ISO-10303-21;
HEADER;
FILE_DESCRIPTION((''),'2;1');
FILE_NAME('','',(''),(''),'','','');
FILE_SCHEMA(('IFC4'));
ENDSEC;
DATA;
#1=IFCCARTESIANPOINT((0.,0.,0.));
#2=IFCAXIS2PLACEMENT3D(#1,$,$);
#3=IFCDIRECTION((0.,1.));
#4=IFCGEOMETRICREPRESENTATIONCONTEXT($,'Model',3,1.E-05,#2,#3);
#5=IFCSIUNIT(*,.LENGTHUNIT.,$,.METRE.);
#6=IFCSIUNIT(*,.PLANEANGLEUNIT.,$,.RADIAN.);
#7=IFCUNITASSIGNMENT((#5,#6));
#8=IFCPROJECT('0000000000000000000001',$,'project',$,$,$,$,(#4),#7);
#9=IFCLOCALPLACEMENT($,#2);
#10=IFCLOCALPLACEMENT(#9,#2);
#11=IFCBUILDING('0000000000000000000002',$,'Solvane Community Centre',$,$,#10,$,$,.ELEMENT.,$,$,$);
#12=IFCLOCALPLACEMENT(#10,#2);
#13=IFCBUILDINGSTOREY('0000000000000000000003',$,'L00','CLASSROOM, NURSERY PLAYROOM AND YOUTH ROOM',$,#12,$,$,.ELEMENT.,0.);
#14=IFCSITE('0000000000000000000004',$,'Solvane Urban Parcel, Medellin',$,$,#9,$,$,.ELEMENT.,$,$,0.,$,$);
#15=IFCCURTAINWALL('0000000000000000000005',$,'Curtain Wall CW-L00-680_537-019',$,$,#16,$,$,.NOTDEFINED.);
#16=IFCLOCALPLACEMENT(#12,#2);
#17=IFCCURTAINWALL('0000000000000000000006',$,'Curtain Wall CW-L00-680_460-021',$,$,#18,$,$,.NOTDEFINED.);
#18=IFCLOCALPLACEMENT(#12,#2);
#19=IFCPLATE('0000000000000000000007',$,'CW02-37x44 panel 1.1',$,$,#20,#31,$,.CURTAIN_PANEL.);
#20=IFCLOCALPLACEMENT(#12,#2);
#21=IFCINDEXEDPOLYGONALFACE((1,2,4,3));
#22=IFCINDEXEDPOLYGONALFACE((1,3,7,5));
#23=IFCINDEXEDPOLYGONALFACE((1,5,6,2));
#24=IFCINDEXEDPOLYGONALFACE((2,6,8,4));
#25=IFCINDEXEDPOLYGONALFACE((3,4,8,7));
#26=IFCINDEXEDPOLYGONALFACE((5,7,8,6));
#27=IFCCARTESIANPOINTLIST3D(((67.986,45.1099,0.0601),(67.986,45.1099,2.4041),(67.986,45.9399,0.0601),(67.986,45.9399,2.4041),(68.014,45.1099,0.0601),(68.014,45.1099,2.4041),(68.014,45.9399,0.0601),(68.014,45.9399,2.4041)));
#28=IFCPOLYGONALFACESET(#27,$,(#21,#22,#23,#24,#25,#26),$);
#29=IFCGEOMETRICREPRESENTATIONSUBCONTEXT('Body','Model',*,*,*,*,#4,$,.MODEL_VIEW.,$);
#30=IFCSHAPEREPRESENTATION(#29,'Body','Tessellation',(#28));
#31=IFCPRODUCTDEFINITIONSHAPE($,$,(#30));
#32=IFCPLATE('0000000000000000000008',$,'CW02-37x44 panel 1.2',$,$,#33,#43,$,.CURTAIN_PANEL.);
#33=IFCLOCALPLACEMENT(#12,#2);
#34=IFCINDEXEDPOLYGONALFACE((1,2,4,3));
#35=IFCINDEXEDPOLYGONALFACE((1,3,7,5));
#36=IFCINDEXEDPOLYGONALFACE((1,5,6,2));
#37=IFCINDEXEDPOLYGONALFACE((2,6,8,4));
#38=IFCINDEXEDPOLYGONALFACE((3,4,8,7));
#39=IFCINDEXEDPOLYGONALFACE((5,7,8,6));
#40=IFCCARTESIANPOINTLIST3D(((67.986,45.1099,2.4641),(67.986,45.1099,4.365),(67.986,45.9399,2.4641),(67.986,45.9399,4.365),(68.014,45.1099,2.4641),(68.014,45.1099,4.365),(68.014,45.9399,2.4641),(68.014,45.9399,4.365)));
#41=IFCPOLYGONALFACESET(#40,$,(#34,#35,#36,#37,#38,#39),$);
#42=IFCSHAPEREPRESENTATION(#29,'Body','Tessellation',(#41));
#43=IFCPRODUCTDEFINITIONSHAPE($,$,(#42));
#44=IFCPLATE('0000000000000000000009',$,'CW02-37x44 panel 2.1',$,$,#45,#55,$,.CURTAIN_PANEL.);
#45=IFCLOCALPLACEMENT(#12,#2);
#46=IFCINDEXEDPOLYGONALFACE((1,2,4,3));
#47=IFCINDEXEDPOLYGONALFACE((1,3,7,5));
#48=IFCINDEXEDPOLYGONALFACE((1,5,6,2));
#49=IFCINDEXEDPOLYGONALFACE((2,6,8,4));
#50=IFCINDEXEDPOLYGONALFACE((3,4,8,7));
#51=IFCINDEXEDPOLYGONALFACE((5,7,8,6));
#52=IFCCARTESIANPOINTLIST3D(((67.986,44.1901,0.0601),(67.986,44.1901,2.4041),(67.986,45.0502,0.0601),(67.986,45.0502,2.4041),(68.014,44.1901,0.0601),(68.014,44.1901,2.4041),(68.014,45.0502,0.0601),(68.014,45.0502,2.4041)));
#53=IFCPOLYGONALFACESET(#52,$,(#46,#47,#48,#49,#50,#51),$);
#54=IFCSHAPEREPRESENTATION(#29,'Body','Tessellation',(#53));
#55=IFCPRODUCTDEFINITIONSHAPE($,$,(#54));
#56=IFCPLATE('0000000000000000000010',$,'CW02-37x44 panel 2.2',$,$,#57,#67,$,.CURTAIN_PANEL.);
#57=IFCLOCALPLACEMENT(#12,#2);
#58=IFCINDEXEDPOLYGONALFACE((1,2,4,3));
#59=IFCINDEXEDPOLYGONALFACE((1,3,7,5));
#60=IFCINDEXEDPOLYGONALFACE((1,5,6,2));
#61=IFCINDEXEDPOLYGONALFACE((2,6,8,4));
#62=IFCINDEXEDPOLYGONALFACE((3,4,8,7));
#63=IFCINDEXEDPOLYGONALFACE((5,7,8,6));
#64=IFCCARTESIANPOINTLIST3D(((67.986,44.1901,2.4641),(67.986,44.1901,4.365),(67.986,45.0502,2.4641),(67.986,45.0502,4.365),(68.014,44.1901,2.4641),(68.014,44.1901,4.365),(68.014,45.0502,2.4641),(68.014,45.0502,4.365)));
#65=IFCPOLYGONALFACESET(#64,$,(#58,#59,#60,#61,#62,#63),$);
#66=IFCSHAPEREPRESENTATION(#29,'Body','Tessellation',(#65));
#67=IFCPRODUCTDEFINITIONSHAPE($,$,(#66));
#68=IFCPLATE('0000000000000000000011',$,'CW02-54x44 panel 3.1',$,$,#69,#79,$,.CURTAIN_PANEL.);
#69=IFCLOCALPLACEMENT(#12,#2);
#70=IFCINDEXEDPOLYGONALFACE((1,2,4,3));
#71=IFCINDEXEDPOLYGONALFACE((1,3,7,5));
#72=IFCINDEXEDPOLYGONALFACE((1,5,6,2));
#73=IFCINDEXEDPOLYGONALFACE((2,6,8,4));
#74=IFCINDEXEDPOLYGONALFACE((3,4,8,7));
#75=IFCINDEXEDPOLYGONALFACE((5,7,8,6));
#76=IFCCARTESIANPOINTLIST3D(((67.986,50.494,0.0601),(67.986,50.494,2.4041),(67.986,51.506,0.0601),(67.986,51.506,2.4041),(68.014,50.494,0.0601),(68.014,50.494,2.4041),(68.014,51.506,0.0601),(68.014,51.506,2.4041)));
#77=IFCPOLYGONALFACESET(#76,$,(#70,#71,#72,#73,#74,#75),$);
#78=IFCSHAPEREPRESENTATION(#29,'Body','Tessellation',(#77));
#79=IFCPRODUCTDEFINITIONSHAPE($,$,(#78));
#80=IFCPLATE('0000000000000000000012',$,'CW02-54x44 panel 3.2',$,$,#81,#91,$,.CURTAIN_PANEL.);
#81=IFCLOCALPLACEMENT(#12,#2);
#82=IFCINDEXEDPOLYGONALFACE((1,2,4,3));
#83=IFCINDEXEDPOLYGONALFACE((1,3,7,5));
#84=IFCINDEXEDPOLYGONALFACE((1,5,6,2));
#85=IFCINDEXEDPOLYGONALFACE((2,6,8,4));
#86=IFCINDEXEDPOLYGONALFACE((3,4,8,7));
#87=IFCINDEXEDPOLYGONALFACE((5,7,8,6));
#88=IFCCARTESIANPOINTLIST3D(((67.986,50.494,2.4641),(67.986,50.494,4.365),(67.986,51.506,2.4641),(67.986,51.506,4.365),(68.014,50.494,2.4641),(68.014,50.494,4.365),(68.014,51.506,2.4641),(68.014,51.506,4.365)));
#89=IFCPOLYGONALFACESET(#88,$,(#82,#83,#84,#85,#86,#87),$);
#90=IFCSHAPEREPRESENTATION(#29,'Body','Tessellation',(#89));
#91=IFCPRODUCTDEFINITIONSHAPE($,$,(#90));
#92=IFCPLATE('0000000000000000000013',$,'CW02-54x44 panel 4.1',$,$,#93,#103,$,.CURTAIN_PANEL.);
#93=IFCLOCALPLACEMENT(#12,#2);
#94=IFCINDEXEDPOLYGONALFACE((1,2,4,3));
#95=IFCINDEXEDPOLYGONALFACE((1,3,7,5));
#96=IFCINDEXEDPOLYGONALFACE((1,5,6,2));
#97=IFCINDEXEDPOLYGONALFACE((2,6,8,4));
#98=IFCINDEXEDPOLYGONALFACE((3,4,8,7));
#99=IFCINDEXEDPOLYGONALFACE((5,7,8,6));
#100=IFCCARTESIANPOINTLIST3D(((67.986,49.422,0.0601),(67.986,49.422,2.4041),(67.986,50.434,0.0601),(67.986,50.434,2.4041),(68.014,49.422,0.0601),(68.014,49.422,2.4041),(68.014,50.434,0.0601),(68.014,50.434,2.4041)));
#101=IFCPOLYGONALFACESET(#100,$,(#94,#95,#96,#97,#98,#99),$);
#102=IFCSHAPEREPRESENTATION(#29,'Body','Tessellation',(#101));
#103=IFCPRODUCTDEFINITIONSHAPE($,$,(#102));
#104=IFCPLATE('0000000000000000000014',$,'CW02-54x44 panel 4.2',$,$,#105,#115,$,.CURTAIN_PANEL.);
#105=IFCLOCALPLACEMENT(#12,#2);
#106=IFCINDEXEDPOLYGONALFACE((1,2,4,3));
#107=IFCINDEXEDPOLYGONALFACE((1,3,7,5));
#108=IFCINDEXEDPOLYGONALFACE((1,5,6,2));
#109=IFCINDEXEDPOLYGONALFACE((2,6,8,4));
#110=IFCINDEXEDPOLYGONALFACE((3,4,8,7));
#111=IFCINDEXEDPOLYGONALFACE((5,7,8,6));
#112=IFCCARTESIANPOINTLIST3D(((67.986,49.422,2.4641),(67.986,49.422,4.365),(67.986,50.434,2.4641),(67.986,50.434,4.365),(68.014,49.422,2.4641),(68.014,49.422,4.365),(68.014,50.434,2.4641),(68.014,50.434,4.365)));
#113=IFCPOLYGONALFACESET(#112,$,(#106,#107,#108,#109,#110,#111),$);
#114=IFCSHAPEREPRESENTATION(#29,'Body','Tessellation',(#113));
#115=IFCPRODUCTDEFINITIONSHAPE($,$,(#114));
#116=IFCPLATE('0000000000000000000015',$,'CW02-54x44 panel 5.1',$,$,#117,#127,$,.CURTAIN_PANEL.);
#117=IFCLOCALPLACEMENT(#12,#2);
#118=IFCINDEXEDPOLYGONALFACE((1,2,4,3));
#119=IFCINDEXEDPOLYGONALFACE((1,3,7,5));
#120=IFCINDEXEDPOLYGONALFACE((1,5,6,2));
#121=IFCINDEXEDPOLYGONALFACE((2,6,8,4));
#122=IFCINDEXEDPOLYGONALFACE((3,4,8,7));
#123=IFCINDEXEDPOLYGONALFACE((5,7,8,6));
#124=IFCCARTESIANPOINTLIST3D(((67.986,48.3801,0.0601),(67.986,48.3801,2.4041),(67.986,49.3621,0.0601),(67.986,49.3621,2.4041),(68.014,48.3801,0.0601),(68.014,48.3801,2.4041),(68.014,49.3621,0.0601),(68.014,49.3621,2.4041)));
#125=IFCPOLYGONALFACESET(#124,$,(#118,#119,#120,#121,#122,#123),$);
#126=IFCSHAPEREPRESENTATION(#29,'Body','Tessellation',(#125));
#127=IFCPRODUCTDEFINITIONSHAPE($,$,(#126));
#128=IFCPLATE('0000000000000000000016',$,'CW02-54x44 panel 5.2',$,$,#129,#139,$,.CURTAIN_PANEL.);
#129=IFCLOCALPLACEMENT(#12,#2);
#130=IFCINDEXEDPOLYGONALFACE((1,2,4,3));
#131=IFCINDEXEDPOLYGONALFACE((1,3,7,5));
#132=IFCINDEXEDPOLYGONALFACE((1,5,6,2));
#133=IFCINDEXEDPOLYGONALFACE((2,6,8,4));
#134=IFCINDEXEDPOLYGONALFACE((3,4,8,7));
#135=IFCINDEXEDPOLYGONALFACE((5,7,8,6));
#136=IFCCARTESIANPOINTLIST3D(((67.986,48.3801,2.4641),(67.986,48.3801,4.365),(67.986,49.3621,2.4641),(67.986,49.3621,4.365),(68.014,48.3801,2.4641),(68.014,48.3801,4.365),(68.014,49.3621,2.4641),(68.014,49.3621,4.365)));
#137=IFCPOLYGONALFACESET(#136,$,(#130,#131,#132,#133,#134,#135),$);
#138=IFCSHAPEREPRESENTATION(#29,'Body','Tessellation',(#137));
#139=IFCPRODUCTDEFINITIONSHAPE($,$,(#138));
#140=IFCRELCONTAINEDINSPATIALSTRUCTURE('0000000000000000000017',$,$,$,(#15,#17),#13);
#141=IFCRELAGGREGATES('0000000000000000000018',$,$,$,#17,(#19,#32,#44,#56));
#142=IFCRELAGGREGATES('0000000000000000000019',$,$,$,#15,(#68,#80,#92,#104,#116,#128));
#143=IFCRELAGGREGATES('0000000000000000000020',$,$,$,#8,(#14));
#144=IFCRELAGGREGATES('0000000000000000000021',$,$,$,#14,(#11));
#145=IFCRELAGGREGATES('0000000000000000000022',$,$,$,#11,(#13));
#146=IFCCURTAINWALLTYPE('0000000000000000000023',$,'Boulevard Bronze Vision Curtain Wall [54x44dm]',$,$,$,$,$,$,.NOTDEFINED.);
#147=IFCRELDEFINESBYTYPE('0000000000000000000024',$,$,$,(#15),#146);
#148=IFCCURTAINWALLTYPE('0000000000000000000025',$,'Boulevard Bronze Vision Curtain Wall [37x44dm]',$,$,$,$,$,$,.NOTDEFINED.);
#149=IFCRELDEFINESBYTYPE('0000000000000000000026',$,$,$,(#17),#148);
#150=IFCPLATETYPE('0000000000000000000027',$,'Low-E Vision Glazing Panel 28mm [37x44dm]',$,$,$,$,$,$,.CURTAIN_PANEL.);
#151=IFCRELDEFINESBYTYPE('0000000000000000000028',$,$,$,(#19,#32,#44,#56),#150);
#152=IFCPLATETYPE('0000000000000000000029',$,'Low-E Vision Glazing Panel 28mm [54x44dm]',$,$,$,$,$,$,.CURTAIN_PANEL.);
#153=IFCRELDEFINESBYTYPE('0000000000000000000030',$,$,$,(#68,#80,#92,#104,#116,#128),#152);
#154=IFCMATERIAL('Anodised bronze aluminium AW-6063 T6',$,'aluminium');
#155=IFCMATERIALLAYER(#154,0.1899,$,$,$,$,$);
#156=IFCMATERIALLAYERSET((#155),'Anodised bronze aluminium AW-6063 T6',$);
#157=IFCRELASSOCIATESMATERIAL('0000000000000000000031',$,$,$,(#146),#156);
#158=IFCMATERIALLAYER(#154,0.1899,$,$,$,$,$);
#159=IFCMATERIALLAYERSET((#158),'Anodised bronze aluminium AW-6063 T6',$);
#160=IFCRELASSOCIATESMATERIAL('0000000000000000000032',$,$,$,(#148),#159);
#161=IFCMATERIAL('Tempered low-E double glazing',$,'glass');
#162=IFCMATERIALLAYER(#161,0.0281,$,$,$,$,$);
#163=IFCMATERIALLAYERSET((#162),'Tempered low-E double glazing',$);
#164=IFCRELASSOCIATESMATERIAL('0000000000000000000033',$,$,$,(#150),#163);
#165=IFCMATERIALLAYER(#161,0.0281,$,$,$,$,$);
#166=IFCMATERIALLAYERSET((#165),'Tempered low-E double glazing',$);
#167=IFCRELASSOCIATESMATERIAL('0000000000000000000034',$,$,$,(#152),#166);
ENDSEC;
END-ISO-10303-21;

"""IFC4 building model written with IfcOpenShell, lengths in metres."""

from ifc_helpers import new_model, si_unit, direction, frame, origin, origin_2d, place, context, subcontext, project, spatial, rectangle, extrude, material, layer, layer_set, type_object, element, aggregate, save


model = new_model("IFC4")

# Units and contexts
model_context = context("Model", 3, precision=1e-05, world=origin(), true_north=direction((0.0, 1.0)))
body_context = subcontext(model_context, "Body", "Model", "MODEL_VIEW")
ifc_project = project(units=[si_unit("LENGTHUNIT", "METRE"), si_unit("PLANEANGLEUNIT", "RADIAN")], contexts=[model_context])

# Site, building, storey
site_placement = place(None, origin())
site = spatial("IfcSite", under=ifc_project, at=site_placement, Name="Solvane Urban Parcel, Medellin", CompositionType="ELEMENT", RefElevation=0.0)
building_placement = place(site_placement, origin())
building = spatial("IfcBuilding", under=site, at=building_placement, Name="Solvane Community Centre", CompositionType="ELEMENT")
storey_placement = place(building_placement, origin())
storey = spatial("IfcBuildingStorey", under=building, at=storey_placement, Name="L00", Description="CLASSROOM, NURSERY PLAYROOM AND YOUTH ROOM", CompositionType="ELEMENT", Elevation=0.0)

# Curtain walls
ifc_material_1 = material(Name="Anodised bronze aluminium AW-6063 T6", Category="aluminium")
ifc_layer_1 = layer(ifc_material_1, 0.1899)
ifc_layer_set_1 = layer_set([ifc_layer_1], Name="Anodised bronze aluminium AW-6063 T6")
curtain_wall_type_1 = type_object("IfcCurtainWallType", Name="Boulevard Bronze Vision Curtain Wall [54x44dm]", PredefinedType="NOTDEFINED", material=ifc_layer_set_1)
curtain_wall_1_placement = place(storey_placement, origin())
curtain_wall_1 = element("IfcCurtainWall", 1, at=curtain_wall_1_placement, inside=storey, type_object=curtain_wall_type_1, Name="Curtain Wall CW-L00-680_537-019", PredefinedType="NOTDEFINED")
ifc_layer_2 = layer(ifc_material_1, 0.1899)
ifc_layer_set_2 = layer_set([ifc_layer_2], Name="Anodised bronze aluminium AW-6063 T6")
curtain_wall_type_2 = type_object("IfcCurtainWallType", Name="Boulevard Bronze Vision Curtain Wall [37x44dm]", PredefinedType="NOTDEFINED", material=ifc_layer_set_2)
curtain_wall_2_placement = place(storey_placement, origin())
curtain_wall_2 = element("IfcCurtainWall", 2, at=curtain_wall_2_placement, inside=storey, type_object=curtain_wall_type_2, Name="Curtain Wall CW-L00-680_460-021", PredefinedType="NOTDEFINED")

# Plates
ifc_material_2 = material(Name="Tempered low-E double glazing", Category="glass")
ifc_layer_3 = layer(ifc_material_2, 0.0281)
ifc_layer_set_3 = layer_set([ifc_layer_3], Name="Tempered low-E double glazing")
plate_type_1 = type_object("IfcPlateType", Name="Low-E Vision Glazing Panel 28mm [37x44dm]", PredefinedType="CURTAIN_PANEL", material=ifc_layer_set_3)
plate_1_placement = place(storey_placement, frame((68.0, 45.5249, 0.0601), z_axis=(0.0, 0.0, 1.0), x_axis=(0.0, -1.0, 0.0)))
plate_1 = element("IfcPlate", 3, at=plate_1_placement, type_object=plate_type_1, Name="CW02-37x44 panel 1.1", PredefinedType="CURTAIN_PANEL", context=body_context, shape_type="SweptSolid", body=[
    extrude(rectangle(XDim=0.8301, YDim=0.0281, at=origin_2d()), origin(), (0.0, 0.0, 1.0), 2.344),
])
plate_2_placement = place(storey_placement, frame((68.0, 45.5249, 2.4641), z_axis=(0.0, 0.0, 1.0), x_axis=(0.0, -1.0, 0.0)))
plate_2 = element("IfcPlate", 4, at=plate_2_placement, type_object=plate_type_1, Name="CW02-37x44 panel 1.2", PredefinedType="CURTAIN_PANEL", context=body_context, shape_type="SweptSolid", body=[
    extrude(rectangle(XDim=0.8301, YDim=0.0281, at=origin_2d()), origin(), (0.0, 0.0, 1.0), 1.9009),
])
plate_3_placement = place(storey_placement, frame((68.0, 44.6201, 0.0601), z_axis=(0.0, 0.0, 1.0), x_axis=(0.0, -1.0, 0.0)))
plate_3 = element("IfcPlate", 5, at=plate_3_placement, type_object=plate_type_1, Name="CW02-37x44 panel 2.1", PredefinedType="CURTAIN_PANEL", context=body_context, shape_type="SweptSolid", body=[
    extrude(rectangle(XDim=0.8601, YDim=0.0281, at=origin_2d()), origin(), (0.0, 0.0, 1.0), 2.344),
])
plate_4_placement = place(storey_placement, frame((68.0, 44.6201, 2.4641), z_axis=(0.0, 0.0, 1.0), x_axis=(0.0, -1.0, 0.0)))
plate_4 = element("IfcPlate", 6, at=plate_4_placement, type_object=plate_type_1, Name="CW02-37x44 panel 2.2", PredefinedType="CURTAIN_PANEL", context=body_context, shape_type="SweptSolid", body=[
    extrude(rectangle(XDim=0.8601, YDim=0.0281, at=origin_2d()), origin(), (0.0, 0.0, 1.0), 1.9009),
])
aggregate(curtain_wall_2, [plate_1, plate_2, plate_3, plate_4])
ifc_layer_4 = layer(ifc_material_2, 0.0281)
ifc_layer_set_4 = layer_set([ifc_layer_4], Name="Tempered low-E double glazing")
plate_type_2 = type_object("IfcPlateType", Name="Low-E Vision Glazing Panel 28mm [54x44dm]", PredefinedType="CURTAIN_PANEL", material=ifc_layer_set_4)
plate_5_placement = place(storey_placement, frame((68.0, 51.0, 0.0601), z_axis=(0.0, 0.0, 1.0), x_axis=(0.0, -1.0, 0.0)))
plate_5 = element("IfcPlate", 7, at=plate_5_placement, type_object=plate_type_2, Name="CW02-54x44 panel 3.1", PredefinedType="CURTAIN_PANEL", context=body_context, shape_type="SweptSolid", body=[
    extrude(rectangle(XDim=1.012, YDim=0.0281, at=origin_2d()), origin(), (0.0, 0.0, 1.0), 2.344),
])
plate_6_placement = place(storey_placement, frame((68.0, 51.0, 2.4641), z_axis=(0.0, 0.0, 1.0), x_axis=(0.0, -1.0, 0.0)))
plate_6 = element("IfcPlate", 8, at=plate_6_placement, type_object=plate_type_2, Name="CW02-54x44 panel 3.2", PredefinedType="CURTAIN_PANEL", context=body_context, shape_type="SweptSolid", body=[
    extrude(rectangle(XDim=1.012, YDim=0.0281, at=origin_2d()), origin(), (0.0, 0.0, 1.0), 1.9009),
])
plate_7_placement = place(storey_placement, frame((68.0, 49.928, 0.0601), z_axis=(0.0, 0.0, 1.0), x_axis=(0.0, -1.0, 0.0)))
plate_7 = element("IfcPlate", 9, at=plate_7_placement, type_object=plate_type_2, Name="CW02-54x44 panel 4.1", PredefinedType="CURTAIN_PANEL", context=body_context, shape_type="SweptSolid", body=[
    extrude(rectangle(XDim=1.012, YDim=0.0281, at=origin_2d()), origin(), (0.0, 0.0, 1.0), 2.344),
])
plate_8_placement = place(storey_placement, frame((68.0, 49.928, 2.4641), z_axis=(0.0, 0.0, 1.0), x_axis=(0.0, -1.0, 0.0)))
plate_8 = element("IfcPlate", 10, at=plate_8_placement, type_object=plate_type_2, Name="CW02-54x44 panel 4.2", PredefinedType="CURTAIN_PANEL", context=body_context, shape_type="SweptSolid", body=[
    extrude(rectangle(XDim=1.012, YDim=0.0281, at=origin_2d()), origin(), (0.0, 0.0, 1.0), 1.9009),
])
plate_9_placement = place(storey_placement, frame((68.0, 48.8711, 0.0601), z_axis=(0.0, 0.0, 1.0), x_axis=(0.0, -1.0, 0.0)))
plate_9 = element("IfcPlate", 11, at=plate_9_placement, type_object=plate_type_2, Name="CW02-54x44 panel 5.1", PredefinedType="CURTAIN_PANEL", context=body_context, shape_type="SweptSolid", body=[
    extrude(rectangle(XDim=0.9819, YDim=0.0281, at=origin_2d()), origin(), (0.0, 0.0, 1.0), 2.344),
])
plate_10_placement = place(storey_placement, frame((68.0, 48.8711, 2.4641), z_axis=(0.0, 0.0, 1.0), x_axis=(0.0, -1.0, 0.0)))
plate_10 = element("IfcPlate", 12, at=plate_10_placement, type_object=plate_type_2, Name="CW02-54x44 panel 5.2", PredefinedType="CURTAIN_PANEL", context=body_context, shape_type="SweptSolid", body=[
    extrude(rectangle(XDim=0.9819, YDim=0.0281, at=origin_2d()), origin(), (0.0, 0.0, 1.0), 1.9009),
])
aggregate(curtain_wall_1, [plate_5, plate_6, plate_7, plate_8, plate_9, plate_10])

save(model, "model.ifc")
